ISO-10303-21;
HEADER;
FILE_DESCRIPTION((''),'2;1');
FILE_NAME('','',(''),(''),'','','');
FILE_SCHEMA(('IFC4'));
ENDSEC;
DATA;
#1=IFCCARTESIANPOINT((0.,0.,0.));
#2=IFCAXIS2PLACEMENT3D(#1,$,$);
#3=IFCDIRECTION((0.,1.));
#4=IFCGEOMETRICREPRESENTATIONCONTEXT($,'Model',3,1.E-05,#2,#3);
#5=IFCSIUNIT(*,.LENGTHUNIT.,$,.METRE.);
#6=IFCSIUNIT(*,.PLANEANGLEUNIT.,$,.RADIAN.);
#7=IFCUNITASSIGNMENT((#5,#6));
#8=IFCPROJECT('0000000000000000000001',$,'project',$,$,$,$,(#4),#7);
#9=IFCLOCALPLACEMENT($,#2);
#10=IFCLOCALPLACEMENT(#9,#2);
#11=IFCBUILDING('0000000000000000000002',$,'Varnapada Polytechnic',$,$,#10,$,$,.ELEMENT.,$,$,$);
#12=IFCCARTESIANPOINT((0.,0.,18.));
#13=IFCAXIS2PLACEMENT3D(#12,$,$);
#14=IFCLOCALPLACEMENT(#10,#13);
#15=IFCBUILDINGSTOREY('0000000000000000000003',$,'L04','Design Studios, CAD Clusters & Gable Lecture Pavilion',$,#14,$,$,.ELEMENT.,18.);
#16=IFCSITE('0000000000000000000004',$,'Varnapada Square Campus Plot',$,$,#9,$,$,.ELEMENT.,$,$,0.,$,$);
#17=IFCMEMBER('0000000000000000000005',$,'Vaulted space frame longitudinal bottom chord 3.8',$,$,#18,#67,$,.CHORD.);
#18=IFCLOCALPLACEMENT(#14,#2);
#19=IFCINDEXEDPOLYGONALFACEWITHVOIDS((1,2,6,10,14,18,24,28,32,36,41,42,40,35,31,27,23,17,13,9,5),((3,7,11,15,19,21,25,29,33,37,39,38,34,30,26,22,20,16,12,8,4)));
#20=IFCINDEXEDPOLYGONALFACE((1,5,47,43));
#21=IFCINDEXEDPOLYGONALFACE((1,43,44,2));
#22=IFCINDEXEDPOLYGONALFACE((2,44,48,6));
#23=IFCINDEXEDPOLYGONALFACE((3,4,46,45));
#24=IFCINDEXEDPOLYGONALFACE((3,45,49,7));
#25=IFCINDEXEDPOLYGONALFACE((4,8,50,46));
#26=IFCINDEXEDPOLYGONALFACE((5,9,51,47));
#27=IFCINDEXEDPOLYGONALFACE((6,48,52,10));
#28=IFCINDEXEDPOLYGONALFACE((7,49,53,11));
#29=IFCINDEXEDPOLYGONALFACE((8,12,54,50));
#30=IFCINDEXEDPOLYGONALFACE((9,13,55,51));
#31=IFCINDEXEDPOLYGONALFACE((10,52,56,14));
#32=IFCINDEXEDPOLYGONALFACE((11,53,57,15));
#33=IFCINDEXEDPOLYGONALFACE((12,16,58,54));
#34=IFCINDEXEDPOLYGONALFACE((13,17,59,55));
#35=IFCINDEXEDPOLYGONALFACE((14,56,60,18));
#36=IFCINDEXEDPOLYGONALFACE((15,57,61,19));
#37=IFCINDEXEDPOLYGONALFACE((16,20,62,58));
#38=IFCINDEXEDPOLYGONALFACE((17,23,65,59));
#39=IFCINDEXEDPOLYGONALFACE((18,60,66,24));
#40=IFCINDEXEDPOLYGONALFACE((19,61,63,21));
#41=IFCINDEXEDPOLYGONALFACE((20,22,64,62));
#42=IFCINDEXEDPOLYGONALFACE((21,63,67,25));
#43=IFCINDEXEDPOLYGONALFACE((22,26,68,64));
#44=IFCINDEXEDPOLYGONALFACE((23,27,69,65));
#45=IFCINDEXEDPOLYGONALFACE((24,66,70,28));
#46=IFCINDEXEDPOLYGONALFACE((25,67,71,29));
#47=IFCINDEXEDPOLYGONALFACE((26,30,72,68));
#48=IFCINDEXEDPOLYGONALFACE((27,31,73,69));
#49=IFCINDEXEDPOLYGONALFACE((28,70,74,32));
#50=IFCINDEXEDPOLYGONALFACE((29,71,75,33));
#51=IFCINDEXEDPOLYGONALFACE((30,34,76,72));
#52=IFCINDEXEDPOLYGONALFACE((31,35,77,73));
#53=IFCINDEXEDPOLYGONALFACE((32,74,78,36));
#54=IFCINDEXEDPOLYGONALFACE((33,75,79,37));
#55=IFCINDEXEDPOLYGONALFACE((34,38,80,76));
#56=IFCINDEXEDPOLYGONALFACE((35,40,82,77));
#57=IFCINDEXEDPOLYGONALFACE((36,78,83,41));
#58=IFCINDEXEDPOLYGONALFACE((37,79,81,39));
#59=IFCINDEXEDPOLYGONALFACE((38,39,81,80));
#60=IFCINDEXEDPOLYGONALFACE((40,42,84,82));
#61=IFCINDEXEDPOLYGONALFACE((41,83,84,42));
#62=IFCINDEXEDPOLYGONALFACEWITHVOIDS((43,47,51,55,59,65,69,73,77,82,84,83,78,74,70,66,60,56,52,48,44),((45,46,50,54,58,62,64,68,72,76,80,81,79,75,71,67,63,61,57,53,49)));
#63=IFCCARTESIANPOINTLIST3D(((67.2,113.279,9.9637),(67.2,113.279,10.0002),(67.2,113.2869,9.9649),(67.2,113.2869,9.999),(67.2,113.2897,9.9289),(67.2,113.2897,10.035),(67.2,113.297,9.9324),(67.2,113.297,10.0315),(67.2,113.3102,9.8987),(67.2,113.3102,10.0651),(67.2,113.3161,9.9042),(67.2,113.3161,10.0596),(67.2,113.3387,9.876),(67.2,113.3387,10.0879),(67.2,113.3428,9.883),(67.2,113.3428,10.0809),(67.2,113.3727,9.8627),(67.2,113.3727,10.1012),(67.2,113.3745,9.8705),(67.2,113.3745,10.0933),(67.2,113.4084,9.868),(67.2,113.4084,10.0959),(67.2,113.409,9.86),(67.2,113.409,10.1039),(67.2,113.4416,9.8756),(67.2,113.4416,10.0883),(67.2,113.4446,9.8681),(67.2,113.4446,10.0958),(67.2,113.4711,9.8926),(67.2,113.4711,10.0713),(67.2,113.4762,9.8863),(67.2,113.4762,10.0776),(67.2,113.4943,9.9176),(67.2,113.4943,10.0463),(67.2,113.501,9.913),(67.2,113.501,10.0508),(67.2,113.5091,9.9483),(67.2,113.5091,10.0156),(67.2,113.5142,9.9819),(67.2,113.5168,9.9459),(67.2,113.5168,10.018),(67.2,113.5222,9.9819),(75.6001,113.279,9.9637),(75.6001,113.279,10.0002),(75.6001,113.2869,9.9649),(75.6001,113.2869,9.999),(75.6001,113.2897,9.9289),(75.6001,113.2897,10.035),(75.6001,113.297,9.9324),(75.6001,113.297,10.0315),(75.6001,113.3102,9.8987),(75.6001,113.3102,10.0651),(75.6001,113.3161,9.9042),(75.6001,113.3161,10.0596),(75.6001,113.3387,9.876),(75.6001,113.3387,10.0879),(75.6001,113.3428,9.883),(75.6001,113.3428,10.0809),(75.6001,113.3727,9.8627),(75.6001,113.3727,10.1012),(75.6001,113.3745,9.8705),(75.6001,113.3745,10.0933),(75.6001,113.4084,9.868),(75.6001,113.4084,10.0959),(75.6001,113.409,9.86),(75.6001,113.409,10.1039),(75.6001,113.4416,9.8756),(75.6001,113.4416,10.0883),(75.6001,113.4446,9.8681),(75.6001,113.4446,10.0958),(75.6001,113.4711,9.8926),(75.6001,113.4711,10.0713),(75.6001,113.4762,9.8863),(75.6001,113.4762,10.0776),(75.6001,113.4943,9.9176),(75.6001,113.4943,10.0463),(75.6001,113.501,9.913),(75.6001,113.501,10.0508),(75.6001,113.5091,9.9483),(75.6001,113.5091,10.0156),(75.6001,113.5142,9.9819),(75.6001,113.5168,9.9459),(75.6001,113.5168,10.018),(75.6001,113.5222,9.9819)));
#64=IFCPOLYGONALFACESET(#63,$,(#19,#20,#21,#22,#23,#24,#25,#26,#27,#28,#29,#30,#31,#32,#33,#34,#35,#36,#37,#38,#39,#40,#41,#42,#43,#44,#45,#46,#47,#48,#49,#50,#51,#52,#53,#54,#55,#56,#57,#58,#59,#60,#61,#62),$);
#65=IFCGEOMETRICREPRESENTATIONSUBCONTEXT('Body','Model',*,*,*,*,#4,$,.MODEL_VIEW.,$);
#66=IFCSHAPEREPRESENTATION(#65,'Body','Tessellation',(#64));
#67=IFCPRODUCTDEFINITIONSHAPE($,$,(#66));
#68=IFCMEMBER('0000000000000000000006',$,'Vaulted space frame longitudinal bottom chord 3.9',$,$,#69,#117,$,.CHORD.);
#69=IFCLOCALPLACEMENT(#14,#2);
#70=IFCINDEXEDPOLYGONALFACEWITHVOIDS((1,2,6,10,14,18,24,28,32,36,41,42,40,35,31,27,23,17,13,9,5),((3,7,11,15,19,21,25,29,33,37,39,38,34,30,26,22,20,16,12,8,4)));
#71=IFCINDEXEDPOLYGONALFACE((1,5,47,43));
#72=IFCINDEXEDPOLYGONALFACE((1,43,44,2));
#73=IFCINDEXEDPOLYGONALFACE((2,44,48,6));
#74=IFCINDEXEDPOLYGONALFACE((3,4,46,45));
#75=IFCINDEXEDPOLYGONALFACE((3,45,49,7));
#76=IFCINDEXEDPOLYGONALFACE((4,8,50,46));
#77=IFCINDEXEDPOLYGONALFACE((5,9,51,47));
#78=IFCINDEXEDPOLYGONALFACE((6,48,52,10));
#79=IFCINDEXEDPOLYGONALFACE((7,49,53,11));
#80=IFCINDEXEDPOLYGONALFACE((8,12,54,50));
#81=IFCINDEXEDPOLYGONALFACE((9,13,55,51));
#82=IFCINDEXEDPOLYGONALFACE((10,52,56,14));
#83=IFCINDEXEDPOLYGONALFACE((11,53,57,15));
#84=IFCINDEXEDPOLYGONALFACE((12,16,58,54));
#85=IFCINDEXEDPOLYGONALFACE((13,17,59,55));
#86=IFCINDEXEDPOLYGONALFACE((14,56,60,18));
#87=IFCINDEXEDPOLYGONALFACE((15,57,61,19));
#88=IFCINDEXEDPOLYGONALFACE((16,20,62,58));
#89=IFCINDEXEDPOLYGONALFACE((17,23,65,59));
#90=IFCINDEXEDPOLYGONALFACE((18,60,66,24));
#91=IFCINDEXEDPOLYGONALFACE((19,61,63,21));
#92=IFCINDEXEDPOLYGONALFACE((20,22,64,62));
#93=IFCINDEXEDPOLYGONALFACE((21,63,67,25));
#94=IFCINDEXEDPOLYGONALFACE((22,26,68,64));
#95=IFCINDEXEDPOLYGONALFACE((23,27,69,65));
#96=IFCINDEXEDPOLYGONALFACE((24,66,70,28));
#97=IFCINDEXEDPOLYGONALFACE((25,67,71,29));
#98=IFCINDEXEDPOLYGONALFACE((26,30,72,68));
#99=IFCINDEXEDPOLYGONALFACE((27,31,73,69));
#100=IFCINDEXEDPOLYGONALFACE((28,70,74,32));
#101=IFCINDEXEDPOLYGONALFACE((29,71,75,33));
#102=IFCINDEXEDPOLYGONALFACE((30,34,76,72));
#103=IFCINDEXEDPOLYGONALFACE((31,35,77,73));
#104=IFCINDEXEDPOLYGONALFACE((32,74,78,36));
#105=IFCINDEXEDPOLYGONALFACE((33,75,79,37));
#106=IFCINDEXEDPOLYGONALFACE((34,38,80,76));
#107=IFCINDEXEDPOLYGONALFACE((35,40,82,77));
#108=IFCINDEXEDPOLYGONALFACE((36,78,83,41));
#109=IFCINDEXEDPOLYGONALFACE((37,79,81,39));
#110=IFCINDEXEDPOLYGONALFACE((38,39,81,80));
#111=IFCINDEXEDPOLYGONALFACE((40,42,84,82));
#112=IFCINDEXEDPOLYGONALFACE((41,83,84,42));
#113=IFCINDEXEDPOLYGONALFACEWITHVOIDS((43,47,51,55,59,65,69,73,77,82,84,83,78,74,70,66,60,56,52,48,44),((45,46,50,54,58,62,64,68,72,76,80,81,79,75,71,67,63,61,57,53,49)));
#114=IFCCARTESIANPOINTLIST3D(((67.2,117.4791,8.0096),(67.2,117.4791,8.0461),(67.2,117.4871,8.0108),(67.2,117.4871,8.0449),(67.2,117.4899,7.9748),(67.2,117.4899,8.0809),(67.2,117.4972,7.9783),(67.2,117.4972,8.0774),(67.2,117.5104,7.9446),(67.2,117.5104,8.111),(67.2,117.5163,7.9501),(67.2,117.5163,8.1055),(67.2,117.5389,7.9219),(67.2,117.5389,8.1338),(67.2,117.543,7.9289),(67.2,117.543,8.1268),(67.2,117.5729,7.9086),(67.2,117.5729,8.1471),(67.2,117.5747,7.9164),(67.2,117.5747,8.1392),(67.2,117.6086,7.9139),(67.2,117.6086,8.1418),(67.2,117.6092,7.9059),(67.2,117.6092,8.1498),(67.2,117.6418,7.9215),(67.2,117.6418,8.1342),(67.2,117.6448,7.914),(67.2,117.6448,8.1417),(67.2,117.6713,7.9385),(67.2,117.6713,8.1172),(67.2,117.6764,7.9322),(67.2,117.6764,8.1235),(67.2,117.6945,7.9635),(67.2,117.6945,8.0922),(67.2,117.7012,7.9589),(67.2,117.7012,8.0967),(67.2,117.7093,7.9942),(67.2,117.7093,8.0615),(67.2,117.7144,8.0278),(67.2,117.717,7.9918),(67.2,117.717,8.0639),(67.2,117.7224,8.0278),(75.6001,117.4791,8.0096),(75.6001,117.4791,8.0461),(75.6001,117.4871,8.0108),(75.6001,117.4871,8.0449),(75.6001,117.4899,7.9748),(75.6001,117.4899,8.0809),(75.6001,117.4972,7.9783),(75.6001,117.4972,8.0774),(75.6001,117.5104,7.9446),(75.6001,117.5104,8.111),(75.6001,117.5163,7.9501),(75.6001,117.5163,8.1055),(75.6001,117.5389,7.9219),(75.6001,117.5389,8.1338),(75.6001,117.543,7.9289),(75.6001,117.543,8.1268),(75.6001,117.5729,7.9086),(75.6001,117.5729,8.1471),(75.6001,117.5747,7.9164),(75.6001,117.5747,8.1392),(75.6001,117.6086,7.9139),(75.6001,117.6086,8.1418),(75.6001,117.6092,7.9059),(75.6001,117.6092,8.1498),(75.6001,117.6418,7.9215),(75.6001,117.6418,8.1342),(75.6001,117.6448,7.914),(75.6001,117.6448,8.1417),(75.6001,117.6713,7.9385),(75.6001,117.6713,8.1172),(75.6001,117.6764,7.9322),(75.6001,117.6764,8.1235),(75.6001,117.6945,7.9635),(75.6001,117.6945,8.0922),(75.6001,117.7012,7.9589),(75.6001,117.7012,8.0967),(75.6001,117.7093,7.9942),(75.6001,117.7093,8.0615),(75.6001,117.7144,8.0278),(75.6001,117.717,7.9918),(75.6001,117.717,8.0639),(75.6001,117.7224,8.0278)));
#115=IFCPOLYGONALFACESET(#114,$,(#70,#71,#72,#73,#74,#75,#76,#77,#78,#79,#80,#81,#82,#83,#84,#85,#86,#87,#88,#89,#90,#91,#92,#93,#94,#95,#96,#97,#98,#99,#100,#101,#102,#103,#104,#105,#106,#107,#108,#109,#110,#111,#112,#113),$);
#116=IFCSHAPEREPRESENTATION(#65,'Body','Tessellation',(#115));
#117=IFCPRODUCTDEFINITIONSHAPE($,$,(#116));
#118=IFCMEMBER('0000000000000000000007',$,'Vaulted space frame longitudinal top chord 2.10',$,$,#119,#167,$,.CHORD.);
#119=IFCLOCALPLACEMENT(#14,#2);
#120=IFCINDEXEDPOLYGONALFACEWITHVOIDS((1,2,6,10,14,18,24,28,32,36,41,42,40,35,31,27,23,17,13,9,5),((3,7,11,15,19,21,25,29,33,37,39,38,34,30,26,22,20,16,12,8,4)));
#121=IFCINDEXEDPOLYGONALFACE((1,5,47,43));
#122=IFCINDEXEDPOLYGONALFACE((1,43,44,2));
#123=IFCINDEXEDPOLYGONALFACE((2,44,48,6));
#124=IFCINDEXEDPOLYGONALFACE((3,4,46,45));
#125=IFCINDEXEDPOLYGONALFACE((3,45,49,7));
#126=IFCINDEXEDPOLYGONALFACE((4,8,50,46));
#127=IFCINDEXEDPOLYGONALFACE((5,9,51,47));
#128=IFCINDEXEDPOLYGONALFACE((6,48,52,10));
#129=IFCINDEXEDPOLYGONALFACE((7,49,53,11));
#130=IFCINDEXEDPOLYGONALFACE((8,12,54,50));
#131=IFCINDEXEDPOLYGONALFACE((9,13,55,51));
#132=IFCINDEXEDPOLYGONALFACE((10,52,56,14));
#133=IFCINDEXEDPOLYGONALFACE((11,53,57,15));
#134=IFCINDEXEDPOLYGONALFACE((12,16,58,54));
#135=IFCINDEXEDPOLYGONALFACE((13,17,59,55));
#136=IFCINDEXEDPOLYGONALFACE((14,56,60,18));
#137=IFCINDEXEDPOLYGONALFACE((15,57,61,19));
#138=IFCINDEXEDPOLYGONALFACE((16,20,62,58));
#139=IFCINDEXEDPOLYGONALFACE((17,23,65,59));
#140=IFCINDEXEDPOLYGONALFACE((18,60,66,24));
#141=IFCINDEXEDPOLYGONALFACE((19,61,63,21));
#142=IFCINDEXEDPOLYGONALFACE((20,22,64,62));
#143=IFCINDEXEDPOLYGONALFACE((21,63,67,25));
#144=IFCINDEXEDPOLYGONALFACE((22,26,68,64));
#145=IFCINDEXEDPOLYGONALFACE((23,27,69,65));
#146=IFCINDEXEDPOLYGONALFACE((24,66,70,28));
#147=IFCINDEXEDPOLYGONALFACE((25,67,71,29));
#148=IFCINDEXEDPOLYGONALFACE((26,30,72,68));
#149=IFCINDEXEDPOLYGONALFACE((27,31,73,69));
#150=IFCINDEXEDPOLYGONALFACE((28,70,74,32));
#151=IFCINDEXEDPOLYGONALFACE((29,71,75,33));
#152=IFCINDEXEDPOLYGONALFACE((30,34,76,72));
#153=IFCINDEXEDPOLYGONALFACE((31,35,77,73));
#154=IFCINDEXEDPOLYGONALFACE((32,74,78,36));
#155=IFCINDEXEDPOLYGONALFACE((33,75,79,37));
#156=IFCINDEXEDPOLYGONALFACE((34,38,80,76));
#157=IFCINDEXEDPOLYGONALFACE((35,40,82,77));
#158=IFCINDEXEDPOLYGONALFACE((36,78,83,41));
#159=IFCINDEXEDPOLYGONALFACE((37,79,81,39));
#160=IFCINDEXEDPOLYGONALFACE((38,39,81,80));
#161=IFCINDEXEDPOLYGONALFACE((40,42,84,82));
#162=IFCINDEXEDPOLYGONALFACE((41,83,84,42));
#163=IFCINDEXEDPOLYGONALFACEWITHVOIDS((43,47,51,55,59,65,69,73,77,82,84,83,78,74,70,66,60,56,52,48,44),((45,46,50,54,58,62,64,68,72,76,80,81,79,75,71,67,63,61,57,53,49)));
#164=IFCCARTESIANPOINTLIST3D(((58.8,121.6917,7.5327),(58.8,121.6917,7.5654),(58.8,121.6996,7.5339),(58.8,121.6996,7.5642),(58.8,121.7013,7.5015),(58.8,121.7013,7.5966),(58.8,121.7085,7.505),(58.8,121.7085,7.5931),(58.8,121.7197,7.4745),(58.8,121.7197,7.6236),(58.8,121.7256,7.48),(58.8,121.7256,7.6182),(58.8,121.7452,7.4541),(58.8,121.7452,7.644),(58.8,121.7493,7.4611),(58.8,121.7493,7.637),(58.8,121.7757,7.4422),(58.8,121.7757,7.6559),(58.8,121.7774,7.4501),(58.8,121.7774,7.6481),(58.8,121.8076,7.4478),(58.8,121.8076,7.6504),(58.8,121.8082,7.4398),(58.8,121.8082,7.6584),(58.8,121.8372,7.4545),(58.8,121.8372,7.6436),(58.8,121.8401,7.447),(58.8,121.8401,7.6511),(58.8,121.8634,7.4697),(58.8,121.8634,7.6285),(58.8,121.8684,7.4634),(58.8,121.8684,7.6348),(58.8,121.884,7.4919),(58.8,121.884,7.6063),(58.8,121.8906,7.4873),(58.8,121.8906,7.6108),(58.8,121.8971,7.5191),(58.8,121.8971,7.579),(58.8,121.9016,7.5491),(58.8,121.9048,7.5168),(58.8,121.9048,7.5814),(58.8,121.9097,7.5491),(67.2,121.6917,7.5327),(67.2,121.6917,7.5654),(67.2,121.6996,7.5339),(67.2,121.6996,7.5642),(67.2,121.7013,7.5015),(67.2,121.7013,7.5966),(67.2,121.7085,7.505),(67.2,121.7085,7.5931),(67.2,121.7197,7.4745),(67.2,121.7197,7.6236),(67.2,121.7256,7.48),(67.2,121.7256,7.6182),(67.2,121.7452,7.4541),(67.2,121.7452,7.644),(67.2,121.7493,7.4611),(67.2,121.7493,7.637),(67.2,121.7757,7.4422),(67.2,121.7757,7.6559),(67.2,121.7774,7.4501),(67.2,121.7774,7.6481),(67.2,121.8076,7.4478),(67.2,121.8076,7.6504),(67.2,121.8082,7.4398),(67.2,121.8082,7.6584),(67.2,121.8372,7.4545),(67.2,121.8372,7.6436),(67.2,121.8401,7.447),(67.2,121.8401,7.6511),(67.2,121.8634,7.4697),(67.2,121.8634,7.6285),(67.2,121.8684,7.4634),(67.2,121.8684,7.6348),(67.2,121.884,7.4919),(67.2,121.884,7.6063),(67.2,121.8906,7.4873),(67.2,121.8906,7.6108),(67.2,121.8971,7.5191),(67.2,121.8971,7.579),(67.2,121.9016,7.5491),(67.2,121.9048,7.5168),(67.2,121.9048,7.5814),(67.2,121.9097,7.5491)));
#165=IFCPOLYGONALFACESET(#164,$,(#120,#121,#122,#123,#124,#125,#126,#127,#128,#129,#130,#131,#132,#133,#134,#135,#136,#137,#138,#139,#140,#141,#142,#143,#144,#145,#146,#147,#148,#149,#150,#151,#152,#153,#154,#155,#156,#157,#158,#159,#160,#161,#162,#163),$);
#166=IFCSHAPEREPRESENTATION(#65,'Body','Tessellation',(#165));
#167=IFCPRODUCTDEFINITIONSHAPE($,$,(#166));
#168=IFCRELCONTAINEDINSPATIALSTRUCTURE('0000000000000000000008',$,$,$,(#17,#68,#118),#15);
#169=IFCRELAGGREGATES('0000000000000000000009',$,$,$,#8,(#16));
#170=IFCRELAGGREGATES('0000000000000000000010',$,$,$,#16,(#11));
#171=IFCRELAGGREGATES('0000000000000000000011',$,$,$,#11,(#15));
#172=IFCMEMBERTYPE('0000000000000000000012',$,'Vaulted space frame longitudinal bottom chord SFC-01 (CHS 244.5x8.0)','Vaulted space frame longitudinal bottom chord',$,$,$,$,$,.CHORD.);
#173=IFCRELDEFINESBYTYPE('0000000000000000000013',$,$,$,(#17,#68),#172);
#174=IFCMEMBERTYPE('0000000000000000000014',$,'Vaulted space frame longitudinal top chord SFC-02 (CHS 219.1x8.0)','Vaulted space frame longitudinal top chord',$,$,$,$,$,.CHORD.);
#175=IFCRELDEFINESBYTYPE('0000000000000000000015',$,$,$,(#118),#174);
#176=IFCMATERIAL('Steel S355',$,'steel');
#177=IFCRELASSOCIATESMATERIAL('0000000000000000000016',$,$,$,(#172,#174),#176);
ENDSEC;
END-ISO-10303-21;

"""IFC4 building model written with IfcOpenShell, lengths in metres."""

from ifc_helpers import new_model, si_unit, direction, frame, origin, origin_2d, place, context, subcontext, project, spatial, hollow_circle, extrude, material, material_profile, profile_set, type_object, element, save


model = new_model("IFC4")

# Units and contexts
model_context = context("Model", 3, precision=1e-05, world=origin(), true_north=direction((0.0, 1.0)))
body_context = subcontext(model_context, "Body", "Model", "MODEL_VIEW")
ifc_project = project(units=[si_unit("LENGTHUNIT", "METRE"), si_unit("PLANEANGLEUNIT", "RADIAN")], contexts=[model_context])

# Site, building, storey
site_placement = place(None, origin())
site = spatial("IfcSite", under=ifc_project, at=site_placement, Name="Varnapada Square Campus Plot", CompositionType="ELEMENT", RefElevation=0.0)
building_placement = place(site_placement, origin())
building = spatial("IfcBuilding", under=site, at=building_placement, Name="Varnapada Polytechnic", CompositionType="ELEMENT")
storey_placement = place(building_placement, frame((0.0, 0.0, 18.0)))
storey = spatial("IfcBuildingStorey", under=building, at=storey_placement, Name="L04", Description="Design Studios, CAD Clusters & Gable Lecture Pavilion", CompositionType="ELEMENT", Elevation=18.0)

# Shared definitions
ifc_material = material(Name="Steel S355", Category="steel")

# Members
ifc_material_profile_1 = material_profile(ifc_material, hollow_circle(Radius=0.1223, WallThickness=0.0081, at=origin_2d()), Name="CHS 244.5x8.0")
ifc_profile_set_1 = profile_set([ifc_material_profile_1], Name="Steel S355")
member_type_1 = type_object("IfcMemberType", Name="Vaulted space frame longitudinal bottom chord SFC-01 (CHS 244.5x8.0)", Description="Vaulted space frame longitudinal bottom chord", PredefinedType="CHORD", material=ifc_profile_set_1)
for number, where, z_axis, x_axis, name in (
    (1, (67.2, 113.3999, 9.9819), (1.0, 0.0, 0.0), (0.0, 1.0, 0.0), "Vaulted space frame longitudinal bottom chord 3.8"),
    (2, (67.2, 117.6001, 8.0278), (1.0, 0.0, 0.0), (0.0, 1.0, 0.0), "Vaulted space frame longitudinal bottom chord 3.9"),
):
    element("IfcMember", number, at=place(storey_placement, frame(where, z_axis=z_axis, x_axis=x_axis)), inside=storey, type_object=member_type_1, Name=name, PredefinedType="CHORD", context=body_context, shape_type="SweptSolid", body=[
        extrude(hollow_circle(Radius=0.1223, WallThickness=0.0081, at=origin_2d()), origin(), (0.0, 0.0, 1.0), 8.4001),
    ])
ifc_material_profile_2 = material_profile(ifc_material, hollow_circle(Radius=0.1096, WallThickness=0.0081, at=origin_2d()), Name="CHS 219.1x8.0")
ifc_profile_set_2 = profile_set([ifc_material_profile_2], Name="Steel S355")
member_type_2 = type_object("IfcMemberType", Name="Vaulted space frame longitudinal top chord SFC-02 (CHS 219.1x8.0)", Description="Vaulted space frame longitudinal top chord", PredefinedType="CHORD", material=ifc_profile_set_2)
for number, where, z_axis, x_axis, name in (
    (3, (58.8, 121.8, 7.5491), (1.0, 0.0, 0.0), (0.0, 1.0, 0.0), "Vaulted space frame longitudinal top chord 2.10"),
):
    element("IfcMember", number, at=place(storey_placement, frame(where, z_axis=z_axis, x_axis=x_axis)), inside=storey, type_object=member_type_2, Name=name, PredefinedType="CHORD", context=body_context, shape_type="SweptSolid", body=[
        extrude(hollow_circle(Radius=0.1096, WallThickness=0.0081, at=origin_2d()), origin(), (0.0, 0.0, 1.0), 8.3999),
    ])

save(model, "model.ifc")
